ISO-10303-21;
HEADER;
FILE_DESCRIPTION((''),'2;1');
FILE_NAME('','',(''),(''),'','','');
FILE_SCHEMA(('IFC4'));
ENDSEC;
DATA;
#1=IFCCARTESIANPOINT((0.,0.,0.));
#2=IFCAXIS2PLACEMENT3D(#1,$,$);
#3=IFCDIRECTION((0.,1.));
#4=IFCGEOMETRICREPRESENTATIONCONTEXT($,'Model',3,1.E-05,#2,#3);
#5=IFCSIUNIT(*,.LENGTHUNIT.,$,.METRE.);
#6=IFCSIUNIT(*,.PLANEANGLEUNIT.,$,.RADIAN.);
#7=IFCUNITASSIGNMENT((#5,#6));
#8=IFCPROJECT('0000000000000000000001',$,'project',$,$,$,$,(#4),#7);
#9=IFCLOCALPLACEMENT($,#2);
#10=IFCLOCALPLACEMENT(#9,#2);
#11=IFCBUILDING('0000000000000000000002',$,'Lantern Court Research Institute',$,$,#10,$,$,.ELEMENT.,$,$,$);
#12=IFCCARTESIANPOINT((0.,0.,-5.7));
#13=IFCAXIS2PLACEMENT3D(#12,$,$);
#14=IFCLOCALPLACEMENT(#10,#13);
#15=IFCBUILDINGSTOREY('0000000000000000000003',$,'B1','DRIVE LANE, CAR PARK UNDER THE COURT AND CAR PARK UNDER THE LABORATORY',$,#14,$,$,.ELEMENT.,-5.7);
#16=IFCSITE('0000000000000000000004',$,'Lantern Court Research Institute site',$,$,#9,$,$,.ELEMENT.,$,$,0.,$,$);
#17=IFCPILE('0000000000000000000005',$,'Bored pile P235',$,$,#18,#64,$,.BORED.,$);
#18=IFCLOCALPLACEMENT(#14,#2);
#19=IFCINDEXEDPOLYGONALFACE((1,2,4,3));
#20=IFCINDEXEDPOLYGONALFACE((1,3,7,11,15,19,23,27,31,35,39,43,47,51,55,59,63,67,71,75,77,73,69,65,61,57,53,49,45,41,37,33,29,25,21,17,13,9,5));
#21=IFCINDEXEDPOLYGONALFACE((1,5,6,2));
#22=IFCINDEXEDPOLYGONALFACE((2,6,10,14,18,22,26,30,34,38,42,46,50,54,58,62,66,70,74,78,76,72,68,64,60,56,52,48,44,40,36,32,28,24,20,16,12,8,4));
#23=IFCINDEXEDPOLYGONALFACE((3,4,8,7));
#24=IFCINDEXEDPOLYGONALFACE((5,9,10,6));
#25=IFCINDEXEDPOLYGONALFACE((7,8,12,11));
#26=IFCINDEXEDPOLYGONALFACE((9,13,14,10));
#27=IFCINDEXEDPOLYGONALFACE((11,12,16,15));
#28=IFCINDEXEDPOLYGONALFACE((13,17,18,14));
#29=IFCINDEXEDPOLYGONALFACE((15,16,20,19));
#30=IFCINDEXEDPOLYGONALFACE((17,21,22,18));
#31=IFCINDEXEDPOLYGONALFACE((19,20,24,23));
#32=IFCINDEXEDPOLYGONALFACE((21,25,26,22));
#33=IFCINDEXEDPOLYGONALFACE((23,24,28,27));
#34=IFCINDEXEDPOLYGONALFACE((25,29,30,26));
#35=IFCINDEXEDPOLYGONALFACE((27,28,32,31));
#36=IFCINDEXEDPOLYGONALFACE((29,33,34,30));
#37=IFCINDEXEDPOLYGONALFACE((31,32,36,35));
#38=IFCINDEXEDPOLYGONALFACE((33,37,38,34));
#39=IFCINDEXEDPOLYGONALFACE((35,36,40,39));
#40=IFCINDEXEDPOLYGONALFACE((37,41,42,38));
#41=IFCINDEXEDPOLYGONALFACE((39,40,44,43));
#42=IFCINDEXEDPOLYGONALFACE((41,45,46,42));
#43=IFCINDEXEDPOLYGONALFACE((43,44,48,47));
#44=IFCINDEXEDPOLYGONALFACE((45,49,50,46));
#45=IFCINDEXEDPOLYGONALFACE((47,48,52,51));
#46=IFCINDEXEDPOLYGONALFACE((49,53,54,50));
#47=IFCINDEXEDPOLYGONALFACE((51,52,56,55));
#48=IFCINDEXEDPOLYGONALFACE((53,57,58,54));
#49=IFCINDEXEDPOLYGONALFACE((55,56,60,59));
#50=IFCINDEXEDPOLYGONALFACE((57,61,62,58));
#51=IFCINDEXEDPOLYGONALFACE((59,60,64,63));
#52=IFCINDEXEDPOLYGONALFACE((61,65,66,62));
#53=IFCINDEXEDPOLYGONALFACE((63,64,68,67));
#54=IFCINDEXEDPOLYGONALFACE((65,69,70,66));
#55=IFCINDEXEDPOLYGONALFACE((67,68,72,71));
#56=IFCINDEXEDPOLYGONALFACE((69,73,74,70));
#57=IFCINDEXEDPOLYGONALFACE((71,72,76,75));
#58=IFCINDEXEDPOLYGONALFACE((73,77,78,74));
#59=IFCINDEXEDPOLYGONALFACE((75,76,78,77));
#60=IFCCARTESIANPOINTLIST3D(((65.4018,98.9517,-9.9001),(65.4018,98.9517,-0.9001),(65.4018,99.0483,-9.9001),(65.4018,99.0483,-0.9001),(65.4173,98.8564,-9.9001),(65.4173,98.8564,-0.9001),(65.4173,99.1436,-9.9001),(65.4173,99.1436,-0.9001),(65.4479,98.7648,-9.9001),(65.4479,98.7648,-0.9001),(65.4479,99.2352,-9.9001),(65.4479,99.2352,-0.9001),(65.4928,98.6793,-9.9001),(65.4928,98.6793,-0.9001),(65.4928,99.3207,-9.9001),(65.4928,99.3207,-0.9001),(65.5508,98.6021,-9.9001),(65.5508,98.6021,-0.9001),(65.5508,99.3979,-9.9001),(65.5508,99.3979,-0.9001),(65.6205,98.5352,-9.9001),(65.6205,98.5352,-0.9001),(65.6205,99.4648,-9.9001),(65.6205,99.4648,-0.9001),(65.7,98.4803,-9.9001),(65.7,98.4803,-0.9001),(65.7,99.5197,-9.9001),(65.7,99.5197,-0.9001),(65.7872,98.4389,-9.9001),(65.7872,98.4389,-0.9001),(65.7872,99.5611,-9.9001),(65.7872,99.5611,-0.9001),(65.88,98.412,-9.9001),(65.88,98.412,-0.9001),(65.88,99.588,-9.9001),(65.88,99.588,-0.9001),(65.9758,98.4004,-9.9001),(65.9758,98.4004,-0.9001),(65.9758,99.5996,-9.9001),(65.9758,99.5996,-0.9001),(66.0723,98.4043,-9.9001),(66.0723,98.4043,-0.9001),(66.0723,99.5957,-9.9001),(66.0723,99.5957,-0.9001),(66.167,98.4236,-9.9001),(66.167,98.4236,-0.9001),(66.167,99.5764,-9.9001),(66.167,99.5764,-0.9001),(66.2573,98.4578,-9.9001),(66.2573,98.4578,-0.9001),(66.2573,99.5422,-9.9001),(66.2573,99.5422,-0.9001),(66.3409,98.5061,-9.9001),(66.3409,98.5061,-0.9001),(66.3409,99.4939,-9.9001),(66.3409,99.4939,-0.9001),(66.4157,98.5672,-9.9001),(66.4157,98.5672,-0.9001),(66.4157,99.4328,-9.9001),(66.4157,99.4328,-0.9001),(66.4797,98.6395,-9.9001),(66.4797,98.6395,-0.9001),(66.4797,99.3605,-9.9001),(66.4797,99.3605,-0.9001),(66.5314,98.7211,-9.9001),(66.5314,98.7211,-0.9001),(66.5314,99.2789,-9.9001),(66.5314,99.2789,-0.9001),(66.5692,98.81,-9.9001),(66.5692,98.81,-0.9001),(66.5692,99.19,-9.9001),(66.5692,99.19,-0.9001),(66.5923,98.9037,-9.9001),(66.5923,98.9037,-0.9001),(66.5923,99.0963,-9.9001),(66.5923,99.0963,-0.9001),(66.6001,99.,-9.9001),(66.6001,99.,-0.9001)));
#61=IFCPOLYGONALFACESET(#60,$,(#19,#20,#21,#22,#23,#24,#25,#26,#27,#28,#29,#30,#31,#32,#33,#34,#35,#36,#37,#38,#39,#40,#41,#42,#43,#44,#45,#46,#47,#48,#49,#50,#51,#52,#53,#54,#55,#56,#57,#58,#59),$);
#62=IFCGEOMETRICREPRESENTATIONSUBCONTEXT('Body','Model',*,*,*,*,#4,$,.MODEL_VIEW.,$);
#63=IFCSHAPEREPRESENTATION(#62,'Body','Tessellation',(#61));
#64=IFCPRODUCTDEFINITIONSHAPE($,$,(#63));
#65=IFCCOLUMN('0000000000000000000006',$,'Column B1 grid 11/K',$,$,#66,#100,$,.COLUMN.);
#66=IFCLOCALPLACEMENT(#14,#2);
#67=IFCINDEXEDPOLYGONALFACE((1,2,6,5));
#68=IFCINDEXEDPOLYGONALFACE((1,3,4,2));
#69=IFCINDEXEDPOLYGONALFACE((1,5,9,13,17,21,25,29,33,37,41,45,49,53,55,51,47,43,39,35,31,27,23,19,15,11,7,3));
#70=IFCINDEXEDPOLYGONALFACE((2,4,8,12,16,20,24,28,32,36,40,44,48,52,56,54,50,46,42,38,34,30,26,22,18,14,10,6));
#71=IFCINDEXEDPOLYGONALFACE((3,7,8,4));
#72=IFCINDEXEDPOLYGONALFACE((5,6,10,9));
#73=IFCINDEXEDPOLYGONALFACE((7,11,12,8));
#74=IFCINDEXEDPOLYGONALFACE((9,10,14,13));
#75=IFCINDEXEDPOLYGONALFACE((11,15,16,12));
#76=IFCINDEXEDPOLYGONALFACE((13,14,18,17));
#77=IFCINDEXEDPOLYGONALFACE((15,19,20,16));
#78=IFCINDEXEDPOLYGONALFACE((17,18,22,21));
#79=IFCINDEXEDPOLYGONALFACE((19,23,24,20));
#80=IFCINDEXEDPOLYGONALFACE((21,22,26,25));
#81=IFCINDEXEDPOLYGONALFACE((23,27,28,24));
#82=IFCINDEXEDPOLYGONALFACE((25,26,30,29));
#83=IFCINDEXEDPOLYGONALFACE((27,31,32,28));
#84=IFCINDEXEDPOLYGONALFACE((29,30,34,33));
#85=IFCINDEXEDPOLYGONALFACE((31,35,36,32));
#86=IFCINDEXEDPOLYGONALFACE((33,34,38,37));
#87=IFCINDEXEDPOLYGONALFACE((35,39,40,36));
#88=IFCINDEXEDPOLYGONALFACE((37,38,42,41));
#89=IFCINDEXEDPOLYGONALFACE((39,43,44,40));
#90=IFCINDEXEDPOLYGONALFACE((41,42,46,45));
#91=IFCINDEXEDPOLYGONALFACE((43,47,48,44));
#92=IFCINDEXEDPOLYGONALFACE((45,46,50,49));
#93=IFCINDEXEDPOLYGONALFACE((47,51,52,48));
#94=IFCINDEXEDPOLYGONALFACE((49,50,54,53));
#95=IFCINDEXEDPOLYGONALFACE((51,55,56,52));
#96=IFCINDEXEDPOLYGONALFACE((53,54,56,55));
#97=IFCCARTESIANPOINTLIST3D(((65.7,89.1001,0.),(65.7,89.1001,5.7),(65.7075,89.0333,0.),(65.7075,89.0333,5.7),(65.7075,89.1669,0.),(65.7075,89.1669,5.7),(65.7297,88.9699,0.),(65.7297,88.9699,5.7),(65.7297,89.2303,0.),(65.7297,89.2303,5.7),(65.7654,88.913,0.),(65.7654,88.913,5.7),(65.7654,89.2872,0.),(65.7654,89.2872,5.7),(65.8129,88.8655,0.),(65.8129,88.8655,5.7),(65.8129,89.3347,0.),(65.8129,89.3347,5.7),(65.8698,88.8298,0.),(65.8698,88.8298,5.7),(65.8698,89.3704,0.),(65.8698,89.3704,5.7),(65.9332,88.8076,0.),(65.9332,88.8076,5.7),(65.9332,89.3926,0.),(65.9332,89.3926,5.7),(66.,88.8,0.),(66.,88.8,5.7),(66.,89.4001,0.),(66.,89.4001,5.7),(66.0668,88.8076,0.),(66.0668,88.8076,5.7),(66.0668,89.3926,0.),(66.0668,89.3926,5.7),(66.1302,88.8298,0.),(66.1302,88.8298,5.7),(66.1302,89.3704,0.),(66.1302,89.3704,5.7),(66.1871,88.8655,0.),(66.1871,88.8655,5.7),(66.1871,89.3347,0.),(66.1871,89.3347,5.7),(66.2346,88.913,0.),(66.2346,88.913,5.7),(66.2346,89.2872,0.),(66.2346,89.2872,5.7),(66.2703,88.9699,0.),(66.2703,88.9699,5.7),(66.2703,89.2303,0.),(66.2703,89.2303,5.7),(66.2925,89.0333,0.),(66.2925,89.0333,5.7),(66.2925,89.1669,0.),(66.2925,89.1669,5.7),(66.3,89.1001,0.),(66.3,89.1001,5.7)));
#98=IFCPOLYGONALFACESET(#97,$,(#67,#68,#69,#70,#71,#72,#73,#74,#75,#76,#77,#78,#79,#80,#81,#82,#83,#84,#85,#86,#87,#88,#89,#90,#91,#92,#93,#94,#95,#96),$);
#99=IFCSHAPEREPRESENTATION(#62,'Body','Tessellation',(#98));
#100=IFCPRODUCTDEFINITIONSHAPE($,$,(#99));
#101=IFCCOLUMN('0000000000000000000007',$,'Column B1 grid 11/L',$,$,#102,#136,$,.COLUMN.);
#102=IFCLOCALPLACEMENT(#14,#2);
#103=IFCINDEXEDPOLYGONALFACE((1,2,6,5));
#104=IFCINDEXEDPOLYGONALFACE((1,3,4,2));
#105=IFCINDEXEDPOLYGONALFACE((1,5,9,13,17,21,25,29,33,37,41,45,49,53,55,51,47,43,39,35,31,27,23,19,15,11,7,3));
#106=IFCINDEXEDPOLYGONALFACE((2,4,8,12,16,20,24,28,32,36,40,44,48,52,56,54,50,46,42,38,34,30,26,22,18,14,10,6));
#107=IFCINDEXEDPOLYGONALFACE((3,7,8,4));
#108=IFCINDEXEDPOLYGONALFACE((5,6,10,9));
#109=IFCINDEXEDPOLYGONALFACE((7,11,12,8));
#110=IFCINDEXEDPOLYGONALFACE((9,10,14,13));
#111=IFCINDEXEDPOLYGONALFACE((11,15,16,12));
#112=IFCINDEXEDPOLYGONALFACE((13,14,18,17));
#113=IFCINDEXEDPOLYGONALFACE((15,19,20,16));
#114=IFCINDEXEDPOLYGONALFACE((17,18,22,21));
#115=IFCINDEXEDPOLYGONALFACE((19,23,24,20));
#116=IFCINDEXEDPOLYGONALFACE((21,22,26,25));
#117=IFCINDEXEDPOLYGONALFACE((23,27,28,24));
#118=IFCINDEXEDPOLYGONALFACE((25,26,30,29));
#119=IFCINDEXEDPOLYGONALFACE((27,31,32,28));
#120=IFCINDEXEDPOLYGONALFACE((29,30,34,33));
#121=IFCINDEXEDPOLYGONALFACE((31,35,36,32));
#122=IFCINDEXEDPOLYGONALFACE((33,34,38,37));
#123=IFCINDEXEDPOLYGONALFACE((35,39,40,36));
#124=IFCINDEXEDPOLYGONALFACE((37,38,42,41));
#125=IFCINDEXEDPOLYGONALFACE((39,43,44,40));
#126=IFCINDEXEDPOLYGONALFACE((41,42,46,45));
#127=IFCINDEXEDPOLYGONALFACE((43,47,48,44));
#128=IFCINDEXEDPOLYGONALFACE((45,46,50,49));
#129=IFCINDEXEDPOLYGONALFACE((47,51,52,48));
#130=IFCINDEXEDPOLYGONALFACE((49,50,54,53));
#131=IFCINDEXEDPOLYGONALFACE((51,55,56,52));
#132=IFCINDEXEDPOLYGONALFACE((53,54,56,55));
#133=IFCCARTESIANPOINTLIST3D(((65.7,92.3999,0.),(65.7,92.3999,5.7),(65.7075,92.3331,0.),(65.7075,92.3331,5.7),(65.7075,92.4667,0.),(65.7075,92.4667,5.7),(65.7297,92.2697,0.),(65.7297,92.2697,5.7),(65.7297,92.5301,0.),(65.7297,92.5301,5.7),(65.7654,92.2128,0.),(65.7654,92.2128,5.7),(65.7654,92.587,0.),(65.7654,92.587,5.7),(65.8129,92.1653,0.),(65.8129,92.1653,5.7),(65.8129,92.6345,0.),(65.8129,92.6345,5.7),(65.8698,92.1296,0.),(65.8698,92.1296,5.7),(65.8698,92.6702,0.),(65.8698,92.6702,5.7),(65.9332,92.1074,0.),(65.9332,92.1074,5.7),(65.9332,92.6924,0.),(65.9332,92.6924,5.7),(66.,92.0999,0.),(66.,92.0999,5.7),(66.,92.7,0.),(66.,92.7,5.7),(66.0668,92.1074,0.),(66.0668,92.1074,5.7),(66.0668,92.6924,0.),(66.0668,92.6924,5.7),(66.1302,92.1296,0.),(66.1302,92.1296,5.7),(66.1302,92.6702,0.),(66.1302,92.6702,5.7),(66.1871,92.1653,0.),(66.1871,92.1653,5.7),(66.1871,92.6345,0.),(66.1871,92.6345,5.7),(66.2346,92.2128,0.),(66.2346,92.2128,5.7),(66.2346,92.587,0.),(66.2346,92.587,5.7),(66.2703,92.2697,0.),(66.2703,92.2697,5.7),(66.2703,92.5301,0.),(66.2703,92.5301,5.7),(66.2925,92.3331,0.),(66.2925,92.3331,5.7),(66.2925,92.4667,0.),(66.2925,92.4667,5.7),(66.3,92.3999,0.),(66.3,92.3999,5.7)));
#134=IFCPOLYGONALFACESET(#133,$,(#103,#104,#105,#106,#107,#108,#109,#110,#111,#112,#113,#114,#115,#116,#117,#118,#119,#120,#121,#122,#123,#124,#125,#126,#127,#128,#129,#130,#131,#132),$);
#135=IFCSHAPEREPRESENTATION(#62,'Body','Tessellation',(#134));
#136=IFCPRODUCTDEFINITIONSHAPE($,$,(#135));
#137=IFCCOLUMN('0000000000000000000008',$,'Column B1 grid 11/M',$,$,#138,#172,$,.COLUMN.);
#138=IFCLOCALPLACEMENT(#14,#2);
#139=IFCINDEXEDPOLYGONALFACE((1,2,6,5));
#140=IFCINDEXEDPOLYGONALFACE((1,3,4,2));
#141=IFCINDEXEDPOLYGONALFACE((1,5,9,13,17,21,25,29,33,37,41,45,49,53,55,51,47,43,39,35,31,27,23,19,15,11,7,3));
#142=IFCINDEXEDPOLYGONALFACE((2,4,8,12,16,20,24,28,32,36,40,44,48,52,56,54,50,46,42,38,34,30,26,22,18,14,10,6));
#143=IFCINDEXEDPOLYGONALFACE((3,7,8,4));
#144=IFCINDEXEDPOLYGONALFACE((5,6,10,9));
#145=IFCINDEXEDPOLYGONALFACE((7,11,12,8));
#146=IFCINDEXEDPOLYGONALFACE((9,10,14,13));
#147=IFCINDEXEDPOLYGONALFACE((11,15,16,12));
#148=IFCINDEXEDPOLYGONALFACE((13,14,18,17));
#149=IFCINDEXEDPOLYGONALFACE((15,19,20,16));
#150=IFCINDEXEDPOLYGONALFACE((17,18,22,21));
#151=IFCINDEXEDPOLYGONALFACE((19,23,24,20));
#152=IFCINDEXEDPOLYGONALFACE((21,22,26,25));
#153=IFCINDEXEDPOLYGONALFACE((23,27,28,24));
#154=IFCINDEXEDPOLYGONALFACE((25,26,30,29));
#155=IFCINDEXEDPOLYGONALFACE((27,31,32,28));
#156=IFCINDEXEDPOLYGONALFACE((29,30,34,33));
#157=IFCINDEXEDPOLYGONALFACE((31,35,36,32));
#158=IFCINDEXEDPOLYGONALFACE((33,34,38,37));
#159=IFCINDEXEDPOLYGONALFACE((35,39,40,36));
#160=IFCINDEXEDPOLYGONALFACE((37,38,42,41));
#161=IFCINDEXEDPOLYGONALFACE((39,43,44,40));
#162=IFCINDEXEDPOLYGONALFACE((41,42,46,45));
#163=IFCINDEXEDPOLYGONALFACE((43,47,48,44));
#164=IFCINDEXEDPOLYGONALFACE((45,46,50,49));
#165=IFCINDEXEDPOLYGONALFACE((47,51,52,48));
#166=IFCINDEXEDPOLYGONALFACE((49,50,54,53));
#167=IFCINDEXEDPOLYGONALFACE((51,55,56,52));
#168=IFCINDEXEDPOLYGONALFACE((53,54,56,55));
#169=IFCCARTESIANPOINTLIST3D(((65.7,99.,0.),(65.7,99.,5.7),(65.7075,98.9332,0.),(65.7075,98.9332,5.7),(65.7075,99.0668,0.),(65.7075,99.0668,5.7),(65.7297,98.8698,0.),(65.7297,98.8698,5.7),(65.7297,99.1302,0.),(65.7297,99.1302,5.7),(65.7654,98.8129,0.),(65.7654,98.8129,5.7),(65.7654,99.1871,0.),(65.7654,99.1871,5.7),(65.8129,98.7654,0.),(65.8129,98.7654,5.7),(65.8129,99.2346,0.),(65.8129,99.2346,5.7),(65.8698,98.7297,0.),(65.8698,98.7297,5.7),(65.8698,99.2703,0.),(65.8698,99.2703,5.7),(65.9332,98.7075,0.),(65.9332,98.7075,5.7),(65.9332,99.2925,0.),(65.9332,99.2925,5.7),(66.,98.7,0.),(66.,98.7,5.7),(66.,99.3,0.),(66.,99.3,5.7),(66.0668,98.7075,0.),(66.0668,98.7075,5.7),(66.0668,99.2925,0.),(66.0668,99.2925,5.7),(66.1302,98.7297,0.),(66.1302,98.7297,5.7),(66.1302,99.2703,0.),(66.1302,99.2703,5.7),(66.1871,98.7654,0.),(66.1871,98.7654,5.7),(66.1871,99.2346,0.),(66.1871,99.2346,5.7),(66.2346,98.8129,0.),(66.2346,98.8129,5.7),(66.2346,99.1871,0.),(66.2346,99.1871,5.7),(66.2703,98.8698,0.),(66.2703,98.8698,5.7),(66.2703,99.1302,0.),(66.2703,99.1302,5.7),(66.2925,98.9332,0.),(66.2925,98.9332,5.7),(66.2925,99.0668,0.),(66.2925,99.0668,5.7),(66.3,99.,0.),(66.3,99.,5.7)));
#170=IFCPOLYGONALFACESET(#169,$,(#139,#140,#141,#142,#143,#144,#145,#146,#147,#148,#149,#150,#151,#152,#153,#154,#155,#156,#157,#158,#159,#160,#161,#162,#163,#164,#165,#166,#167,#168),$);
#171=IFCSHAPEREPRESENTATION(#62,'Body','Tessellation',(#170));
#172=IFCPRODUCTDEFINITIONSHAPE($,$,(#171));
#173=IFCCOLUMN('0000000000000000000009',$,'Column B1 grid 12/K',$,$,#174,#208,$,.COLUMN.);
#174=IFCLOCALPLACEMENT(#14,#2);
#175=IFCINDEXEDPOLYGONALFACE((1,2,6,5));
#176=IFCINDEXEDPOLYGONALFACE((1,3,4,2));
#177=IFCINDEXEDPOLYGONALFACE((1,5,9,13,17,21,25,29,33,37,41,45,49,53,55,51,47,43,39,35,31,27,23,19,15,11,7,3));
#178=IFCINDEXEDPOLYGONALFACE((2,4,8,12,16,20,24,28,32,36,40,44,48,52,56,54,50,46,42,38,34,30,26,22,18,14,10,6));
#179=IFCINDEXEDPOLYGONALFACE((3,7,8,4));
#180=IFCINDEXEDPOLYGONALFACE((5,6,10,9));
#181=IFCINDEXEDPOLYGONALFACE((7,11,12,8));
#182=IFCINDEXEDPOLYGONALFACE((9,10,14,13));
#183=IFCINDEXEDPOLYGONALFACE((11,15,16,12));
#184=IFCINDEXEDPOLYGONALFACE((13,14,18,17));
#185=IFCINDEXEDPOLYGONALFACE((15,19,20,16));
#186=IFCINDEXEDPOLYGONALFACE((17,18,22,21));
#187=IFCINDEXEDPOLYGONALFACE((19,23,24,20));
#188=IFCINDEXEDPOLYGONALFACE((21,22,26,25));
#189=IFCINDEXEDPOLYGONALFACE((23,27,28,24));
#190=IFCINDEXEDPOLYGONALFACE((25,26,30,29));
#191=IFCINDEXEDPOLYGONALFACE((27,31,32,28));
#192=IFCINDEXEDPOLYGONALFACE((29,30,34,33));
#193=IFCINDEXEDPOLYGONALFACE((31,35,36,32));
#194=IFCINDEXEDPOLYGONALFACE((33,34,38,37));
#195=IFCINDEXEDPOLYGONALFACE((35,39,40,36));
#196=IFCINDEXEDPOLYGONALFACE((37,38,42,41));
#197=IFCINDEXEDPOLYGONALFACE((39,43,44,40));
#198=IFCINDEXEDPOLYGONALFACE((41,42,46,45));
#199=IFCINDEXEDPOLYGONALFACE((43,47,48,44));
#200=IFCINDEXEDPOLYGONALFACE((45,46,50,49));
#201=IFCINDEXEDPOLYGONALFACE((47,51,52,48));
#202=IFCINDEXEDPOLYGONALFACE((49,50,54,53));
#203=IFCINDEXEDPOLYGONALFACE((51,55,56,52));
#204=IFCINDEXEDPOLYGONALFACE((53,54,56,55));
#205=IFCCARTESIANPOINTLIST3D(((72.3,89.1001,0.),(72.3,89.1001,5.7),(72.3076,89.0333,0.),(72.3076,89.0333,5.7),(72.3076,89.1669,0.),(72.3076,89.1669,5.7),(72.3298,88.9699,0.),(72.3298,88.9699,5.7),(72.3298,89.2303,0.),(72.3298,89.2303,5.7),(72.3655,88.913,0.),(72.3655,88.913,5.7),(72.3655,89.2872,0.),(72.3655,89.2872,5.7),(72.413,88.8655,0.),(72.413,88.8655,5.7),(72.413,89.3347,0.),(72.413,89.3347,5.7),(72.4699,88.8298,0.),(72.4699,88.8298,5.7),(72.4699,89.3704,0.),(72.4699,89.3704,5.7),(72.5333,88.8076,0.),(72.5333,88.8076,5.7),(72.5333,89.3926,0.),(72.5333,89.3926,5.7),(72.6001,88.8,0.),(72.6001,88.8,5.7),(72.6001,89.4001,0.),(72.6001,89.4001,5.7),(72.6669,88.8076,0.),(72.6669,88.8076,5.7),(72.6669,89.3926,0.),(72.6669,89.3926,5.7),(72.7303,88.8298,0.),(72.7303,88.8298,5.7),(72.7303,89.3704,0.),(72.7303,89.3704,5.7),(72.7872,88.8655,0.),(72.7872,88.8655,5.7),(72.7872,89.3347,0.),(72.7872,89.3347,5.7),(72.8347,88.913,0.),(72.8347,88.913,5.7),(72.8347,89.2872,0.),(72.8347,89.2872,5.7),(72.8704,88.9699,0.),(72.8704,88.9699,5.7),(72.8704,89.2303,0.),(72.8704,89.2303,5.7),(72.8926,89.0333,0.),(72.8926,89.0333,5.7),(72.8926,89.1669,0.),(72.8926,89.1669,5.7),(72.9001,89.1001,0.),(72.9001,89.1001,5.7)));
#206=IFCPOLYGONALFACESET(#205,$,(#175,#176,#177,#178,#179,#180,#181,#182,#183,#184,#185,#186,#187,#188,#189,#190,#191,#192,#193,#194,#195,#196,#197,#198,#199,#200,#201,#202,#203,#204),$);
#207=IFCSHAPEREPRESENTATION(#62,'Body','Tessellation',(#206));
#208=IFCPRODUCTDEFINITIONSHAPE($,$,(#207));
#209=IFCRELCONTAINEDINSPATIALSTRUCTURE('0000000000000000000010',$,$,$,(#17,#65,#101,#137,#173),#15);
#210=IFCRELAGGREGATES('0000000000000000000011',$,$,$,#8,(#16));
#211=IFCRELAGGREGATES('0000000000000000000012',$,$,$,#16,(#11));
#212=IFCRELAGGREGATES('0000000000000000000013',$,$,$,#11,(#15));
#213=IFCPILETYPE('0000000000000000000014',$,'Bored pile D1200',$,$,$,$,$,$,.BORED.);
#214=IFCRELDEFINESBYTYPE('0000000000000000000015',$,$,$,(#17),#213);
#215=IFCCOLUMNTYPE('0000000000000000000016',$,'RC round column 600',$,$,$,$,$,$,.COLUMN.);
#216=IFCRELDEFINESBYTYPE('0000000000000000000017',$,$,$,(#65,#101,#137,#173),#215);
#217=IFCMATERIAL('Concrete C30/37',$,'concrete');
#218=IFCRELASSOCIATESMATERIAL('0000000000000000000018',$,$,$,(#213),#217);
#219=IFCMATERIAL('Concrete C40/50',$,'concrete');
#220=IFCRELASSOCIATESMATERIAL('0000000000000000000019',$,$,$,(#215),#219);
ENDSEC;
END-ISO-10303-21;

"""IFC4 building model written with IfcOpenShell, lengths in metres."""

from ifc_helpers import new_model, si_unit, direction, frame, origin, origin_2d, place, context, subcontext, project, spatial, circle, extrude, material, material_profile, profile_set, type_object, element, save


model = new_model("IFC4")

# Units and contexts
model_context = context("Model", 3, precision=1e-05, world=origin(), true_north=direction((0.0, 1.0)))
body_context = subcontext(model_context, "Body", "Model", "MODEL_VIEW")
ifc_project = project(units=[si_unit("LENGTHUNIT", "METRE"), si_unit("PLANEANGLEUNIT", "RADIAN")], contexts=[model_context])

# Site, building, storey
site_placement = place(None, origin())
site = spatial("IfcSite", under=ifc_project, at=site_placement, Name="Lantern Court Research Institute site", CompositionType="ELEMENT", RefElevation=0.0)
building_placement = place(site_placement, origin())
building = spatial("IfcBuilding", under=site, at=building_placement, Name="Lantern Court Research Institute", CompositionType="ELEMENT")
storey_placement = place(building_placement, frame((0.0, 0.0, -5.7)))
storey = spatial("IfcBuildingStorey", under=building, at=storey_placement, Name="B1", Description="DRIVE LANE, CAR PARK UNDER THE COURT AND CAR PARK UNDER THE LABORATORY", CompositionType="ELEMENT", Elevation=-5.7)

# Pile
ifc_material_1 = material(Name="Concrete C30/37", Category="concrete")
ifc_material_profile_1 = material_profile(ifc_material_1, circle(Radius=0.6001, at=origin_2d()), Name="Bored pile D1200")
ifc_profile_set_1 = profile_set([ifc_material_profile_1], Name="Concrete C30/37")
pile_type_1 = type_object("IfcPileType", Name="Bored pile D1200", PredefinedType="BORED", material=ifc_profile_set_1)
for number, where, z_axis, x_axis, name in (
    (1, (66.0, 99.0, -0.9001), (0.0, 0.0, -1.0), (1.0, 0.0, 0.0), "Bored pile P235"),
):
    element("IfcPile", number, at=place(storey_placement, frame(where, z_axis=z_axis, x_axis=x_axis)), inside=storey, type_object=pile_type_1, Name=name, PredefinedType="BORED", context=body_context, shape_type="SweptSolid", body=[
        extrude(circle(Radius=0.6001, at=origin_2d()), origin(), (0.0, 0.0, 1.0), 9.0),
    ])

# Columns
ifc_material_2 = material(Name="Concrete C40/50", Category="concrete")
ifc_material_profile_2 = material_profile(ifc_material_2, circle(Radius=0.3, at=origin_2d()), Name="RC round column 600")
ifc_profile_set_2 = profile_set([ifc_material_profile_2], Name="Concrete C40/50")
column_type = type_object("IfcColumnType", Name="RC round column 600", PredefinedType="COLUMN", material=ifc_profile_set_2)
for number, where, z_axis, x_axis, name in (
    (2, (66.0, 89.1001, 0.0), (0.0, 0.0, 1.0), (1.0, 0.0, 0.0), "Column B1 grid 11/K"),
    (3, (66.0, 92.3999, 0.0), (0.0, 0.0, 1.0), (1.0, 0.0, 0.0), "Column B1 grid 11/L"),
    (4, (66.0, 99.0, 0.0), (0.0, 0.0, 1.0), (1.0, 0.0, 0.0), "Column B1 grid 11/M"),
    (5, (72.6001, 89.1001, 0.0), (0.0, 0.0, 1.0), (1.0, 0.0, 0.0), "Column B1 grid 12/K"),
):
    element("IfcColumn", number, at=place(storey_placement, frame(where, z_axis=z_axis, x_axis=x_axis)), inside=storey, type_object=column_type, Name=name, PredefinedType="COLUMN", context=body_context, shape_type="SweptSolid", body=[
        extrude(circle(Radius=0.3, at=origin_2d()), origin(), (0.0, 0.0, 1.0), 5.7),
    ])

save(model, "model.ifc")
